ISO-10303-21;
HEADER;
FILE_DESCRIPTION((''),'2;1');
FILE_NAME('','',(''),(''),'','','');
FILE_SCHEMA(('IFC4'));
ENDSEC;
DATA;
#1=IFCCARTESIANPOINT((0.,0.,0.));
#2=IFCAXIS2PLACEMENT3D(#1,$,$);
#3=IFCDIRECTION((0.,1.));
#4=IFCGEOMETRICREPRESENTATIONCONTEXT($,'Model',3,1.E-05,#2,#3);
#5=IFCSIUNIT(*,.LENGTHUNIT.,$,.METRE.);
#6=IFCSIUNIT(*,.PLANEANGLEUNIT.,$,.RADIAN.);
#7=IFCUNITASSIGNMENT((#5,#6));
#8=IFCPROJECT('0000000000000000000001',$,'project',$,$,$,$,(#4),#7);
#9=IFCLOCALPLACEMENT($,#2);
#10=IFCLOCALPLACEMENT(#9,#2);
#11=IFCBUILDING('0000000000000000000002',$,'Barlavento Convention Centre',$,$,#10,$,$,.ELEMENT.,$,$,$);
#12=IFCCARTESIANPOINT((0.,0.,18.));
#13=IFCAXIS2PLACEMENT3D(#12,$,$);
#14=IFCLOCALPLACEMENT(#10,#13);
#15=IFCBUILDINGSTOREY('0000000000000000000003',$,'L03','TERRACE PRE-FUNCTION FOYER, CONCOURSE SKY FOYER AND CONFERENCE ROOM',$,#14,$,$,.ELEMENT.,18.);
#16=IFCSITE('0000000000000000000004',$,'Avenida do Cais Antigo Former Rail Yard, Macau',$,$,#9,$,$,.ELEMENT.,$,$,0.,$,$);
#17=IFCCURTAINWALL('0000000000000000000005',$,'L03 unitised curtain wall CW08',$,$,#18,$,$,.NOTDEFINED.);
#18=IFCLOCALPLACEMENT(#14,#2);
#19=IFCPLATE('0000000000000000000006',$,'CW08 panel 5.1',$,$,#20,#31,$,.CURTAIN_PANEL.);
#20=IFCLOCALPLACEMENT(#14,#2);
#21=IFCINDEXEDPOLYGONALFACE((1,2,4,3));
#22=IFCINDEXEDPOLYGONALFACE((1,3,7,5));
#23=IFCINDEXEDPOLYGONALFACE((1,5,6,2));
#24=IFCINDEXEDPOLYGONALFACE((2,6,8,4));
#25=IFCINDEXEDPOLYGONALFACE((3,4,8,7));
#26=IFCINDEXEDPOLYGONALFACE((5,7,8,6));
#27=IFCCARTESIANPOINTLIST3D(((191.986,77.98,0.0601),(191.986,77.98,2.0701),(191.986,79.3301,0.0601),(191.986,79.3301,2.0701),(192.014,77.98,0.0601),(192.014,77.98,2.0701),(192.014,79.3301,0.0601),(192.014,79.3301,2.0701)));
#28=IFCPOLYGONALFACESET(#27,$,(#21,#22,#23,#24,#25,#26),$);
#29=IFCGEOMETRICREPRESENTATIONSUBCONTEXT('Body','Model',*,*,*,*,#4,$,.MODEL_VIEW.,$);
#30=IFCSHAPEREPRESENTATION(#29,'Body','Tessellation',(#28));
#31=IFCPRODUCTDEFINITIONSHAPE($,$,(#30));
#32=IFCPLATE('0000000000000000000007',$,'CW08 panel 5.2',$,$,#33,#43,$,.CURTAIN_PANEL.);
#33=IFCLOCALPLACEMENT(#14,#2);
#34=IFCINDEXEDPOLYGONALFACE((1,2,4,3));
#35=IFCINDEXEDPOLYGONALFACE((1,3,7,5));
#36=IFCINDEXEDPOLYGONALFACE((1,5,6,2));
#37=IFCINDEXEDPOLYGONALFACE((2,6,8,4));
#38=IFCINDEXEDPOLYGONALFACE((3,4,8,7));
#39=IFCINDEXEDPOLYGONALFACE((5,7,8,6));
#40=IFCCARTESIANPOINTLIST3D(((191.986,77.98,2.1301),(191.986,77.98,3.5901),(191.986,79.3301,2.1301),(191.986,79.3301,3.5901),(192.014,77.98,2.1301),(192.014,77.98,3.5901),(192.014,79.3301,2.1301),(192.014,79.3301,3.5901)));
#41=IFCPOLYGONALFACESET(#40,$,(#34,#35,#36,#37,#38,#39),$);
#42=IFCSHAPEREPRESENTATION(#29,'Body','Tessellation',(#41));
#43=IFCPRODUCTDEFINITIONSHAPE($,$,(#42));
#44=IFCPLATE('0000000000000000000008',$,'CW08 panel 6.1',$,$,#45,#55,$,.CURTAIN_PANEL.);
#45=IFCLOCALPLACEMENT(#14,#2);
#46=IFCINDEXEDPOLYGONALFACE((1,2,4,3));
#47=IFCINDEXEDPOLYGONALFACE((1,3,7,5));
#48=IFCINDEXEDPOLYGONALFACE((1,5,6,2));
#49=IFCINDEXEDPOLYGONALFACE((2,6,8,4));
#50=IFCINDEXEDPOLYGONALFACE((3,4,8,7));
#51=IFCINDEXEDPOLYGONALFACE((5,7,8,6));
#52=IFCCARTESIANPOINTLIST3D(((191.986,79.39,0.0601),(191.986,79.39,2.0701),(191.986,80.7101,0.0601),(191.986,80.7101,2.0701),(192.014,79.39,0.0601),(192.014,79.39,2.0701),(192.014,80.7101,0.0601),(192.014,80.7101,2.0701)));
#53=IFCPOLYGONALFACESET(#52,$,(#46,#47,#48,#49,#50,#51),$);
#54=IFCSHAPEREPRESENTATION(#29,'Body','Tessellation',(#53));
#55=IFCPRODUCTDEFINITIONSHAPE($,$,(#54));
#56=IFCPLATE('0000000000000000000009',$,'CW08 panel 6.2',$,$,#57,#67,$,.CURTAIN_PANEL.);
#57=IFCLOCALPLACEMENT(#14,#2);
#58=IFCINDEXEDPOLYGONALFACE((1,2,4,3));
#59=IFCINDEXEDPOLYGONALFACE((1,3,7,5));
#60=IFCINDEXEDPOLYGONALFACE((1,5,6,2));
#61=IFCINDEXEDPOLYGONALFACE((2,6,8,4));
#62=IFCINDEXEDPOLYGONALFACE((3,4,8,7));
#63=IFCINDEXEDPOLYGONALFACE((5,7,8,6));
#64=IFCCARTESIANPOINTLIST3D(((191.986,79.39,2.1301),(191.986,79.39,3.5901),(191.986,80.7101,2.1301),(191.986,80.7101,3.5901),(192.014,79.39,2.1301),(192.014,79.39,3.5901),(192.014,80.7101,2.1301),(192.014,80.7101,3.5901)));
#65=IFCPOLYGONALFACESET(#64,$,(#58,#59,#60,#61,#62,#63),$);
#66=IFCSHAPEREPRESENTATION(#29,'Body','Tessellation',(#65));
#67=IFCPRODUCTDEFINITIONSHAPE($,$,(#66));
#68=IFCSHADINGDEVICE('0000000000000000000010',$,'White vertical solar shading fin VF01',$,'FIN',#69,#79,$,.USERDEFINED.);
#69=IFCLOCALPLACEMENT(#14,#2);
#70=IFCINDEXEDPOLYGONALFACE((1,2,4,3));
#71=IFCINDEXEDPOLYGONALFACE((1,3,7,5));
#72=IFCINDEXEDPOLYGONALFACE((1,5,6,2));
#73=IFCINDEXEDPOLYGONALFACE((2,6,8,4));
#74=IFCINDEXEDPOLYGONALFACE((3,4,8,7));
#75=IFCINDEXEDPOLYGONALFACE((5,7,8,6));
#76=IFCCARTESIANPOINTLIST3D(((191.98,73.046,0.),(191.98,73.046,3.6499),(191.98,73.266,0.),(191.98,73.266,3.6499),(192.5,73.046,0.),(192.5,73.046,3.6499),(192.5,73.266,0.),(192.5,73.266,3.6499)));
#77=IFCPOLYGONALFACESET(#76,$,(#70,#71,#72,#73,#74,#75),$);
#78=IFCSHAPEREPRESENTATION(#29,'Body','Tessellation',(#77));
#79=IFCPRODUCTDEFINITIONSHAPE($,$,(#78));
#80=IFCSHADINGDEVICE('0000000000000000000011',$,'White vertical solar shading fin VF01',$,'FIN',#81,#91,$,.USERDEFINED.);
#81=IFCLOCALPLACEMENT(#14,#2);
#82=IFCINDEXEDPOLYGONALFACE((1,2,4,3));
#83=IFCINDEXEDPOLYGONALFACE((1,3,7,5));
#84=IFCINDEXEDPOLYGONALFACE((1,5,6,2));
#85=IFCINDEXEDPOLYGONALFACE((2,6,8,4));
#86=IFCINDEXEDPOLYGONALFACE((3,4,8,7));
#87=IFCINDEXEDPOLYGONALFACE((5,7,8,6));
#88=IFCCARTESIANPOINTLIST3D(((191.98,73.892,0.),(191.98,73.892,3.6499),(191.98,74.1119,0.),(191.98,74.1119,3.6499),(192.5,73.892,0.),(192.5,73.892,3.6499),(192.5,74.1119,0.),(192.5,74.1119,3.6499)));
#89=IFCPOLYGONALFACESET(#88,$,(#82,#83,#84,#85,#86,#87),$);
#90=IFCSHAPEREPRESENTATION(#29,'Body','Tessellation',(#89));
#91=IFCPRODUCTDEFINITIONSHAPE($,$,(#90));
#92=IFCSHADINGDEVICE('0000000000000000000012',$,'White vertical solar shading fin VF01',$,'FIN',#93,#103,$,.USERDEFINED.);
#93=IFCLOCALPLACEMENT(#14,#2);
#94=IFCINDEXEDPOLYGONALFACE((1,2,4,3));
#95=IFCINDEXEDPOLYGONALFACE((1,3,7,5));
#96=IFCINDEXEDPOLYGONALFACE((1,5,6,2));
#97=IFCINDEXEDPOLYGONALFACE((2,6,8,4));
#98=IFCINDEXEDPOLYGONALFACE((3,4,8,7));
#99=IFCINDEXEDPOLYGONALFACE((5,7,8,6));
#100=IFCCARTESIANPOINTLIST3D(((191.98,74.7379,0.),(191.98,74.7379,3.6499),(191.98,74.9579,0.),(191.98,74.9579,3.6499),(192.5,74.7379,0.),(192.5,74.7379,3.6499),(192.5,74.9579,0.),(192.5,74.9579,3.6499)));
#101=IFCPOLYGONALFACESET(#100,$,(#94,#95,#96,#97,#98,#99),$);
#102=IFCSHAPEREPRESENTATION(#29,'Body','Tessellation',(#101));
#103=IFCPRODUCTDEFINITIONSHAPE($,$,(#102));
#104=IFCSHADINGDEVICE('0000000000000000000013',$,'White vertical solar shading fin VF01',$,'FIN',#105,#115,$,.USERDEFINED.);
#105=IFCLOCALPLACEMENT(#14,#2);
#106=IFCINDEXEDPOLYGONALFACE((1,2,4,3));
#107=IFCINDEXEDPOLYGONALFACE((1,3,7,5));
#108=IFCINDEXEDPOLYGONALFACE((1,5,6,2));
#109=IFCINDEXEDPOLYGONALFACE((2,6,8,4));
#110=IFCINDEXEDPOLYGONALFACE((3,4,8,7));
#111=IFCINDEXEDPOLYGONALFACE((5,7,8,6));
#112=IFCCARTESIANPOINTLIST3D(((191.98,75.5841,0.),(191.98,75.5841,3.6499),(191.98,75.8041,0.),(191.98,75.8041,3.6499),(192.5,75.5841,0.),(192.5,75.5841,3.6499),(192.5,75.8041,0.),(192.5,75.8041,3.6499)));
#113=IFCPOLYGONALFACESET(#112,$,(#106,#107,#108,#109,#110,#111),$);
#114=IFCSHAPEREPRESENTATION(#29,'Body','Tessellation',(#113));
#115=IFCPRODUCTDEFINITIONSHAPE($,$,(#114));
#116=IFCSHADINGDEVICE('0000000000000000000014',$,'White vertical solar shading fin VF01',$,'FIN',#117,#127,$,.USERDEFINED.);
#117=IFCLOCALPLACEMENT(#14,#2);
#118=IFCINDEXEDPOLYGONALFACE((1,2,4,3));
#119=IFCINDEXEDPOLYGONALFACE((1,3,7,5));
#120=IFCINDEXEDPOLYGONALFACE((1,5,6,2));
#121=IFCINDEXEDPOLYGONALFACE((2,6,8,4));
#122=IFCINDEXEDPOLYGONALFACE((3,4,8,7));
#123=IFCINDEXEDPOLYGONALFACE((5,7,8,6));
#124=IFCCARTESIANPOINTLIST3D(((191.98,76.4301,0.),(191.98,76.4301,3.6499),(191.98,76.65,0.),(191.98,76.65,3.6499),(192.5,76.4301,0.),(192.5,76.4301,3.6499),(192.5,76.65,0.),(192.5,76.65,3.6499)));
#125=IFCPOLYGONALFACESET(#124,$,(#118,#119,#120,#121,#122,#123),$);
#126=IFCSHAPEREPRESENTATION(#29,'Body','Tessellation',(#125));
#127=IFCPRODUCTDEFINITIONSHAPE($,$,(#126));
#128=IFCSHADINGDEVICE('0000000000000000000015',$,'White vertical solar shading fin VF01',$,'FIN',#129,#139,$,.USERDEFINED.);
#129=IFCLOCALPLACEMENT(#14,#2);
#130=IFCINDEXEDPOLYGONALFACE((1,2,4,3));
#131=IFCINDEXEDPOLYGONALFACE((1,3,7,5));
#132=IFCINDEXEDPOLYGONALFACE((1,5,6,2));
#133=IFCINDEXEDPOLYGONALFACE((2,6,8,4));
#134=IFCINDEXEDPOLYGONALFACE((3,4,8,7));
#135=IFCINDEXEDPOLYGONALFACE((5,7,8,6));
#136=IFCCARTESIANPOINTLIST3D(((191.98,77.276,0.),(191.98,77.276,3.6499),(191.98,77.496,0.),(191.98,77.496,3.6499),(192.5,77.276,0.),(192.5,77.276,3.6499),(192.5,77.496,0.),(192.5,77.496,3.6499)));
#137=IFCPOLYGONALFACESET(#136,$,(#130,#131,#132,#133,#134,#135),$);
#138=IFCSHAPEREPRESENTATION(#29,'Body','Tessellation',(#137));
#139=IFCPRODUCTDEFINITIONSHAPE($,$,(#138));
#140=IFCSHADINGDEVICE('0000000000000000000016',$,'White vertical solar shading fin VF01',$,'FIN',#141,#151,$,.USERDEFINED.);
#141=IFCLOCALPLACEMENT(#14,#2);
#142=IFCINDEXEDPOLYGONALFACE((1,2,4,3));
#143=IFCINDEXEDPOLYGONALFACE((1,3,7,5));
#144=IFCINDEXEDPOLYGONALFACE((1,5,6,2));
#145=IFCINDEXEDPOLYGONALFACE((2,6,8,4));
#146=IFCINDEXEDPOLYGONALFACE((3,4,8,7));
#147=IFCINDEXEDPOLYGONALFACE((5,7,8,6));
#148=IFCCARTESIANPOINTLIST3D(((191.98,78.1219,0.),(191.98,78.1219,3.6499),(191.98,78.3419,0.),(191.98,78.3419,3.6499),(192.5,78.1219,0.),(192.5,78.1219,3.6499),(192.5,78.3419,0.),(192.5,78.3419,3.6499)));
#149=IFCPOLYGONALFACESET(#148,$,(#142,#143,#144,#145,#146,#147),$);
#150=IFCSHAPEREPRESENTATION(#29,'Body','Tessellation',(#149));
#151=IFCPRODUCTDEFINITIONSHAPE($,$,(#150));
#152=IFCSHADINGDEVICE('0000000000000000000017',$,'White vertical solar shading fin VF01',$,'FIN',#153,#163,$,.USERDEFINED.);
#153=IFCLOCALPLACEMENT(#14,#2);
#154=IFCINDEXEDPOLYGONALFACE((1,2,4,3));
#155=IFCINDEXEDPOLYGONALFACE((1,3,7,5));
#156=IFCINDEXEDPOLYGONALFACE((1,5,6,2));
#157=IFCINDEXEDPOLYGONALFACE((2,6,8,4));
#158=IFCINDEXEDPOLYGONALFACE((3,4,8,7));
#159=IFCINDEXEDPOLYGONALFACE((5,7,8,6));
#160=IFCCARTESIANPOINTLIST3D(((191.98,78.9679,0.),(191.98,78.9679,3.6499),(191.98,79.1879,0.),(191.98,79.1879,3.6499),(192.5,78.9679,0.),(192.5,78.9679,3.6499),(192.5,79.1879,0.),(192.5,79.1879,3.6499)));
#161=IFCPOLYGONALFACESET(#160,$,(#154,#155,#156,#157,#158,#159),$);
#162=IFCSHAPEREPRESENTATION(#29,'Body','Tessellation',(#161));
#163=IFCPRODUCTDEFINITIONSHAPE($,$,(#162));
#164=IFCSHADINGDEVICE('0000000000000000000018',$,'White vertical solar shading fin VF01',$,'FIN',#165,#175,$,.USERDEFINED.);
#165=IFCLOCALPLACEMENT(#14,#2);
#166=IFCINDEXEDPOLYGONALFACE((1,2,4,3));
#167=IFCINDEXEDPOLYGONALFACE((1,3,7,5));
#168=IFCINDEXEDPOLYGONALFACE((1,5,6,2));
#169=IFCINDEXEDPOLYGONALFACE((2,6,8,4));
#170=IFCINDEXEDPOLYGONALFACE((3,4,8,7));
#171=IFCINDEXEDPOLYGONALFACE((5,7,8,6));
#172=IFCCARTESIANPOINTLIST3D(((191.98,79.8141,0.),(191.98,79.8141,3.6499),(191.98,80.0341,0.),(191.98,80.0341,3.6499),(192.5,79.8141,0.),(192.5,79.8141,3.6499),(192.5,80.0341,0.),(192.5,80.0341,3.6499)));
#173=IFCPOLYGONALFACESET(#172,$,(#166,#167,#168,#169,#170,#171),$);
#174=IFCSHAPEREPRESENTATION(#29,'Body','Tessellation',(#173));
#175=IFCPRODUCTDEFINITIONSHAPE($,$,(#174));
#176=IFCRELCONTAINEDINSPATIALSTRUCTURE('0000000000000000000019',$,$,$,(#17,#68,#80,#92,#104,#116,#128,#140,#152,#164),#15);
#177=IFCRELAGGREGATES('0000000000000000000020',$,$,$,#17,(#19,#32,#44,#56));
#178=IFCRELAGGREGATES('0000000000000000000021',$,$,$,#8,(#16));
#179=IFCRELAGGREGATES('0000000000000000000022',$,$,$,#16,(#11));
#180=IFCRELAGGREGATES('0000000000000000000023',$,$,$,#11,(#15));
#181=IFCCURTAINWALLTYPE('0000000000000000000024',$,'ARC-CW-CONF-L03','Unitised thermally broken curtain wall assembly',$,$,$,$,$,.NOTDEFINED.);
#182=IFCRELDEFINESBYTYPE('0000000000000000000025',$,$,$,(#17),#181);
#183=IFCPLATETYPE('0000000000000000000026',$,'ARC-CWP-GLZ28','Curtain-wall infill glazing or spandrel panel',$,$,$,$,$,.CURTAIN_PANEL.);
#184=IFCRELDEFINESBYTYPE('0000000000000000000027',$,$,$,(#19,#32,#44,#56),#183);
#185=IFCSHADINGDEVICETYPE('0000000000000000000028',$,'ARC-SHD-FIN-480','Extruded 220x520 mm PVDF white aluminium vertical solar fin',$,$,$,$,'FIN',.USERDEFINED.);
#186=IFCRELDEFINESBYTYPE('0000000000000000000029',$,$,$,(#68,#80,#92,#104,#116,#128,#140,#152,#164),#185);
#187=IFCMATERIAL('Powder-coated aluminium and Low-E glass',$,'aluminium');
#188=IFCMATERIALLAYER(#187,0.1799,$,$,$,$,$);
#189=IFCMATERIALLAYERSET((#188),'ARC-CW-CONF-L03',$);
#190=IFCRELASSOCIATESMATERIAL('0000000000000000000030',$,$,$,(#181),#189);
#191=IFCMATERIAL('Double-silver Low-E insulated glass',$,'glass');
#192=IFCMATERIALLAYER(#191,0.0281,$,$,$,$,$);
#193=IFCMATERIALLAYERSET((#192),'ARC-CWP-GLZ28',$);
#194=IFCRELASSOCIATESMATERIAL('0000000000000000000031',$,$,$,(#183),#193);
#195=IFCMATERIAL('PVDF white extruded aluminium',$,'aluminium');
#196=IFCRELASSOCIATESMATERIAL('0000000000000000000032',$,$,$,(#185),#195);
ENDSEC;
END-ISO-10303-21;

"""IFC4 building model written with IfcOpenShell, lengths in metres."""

from ifc_helpers import new_model, si_unit, direction, frame, origin, origin_2d, place, context, subcontext, project, spatial, rectangle, extrude, material, layer, layer_set, type_object, element, aggregate, save


model = new_model("IFC4")

# Units and contexts
model_context = context("Model", 3, precision=1e-05, world=origin(), true_north=direction((0.0, 1.0)))
body_context = subcontext(model_context, "Body", "Model", "MODEL_VIEW")
ifc_project = project(units=[si_unit("LENGTHUNIT", "METRE"), si_unit("PLANEANGLEUNIT", "RADIAN")], contexts=[model_context])

# Site, building, storey
site_placement = place(None, origin())
site = spatial("IfcSite", under=ifc_project, at=site_placement, Name="Avenida do Cais Antigo Former Rail Yard, Macau", CompositionType="ELEMENT", RefElevation=0.0)
building_placement = place(site_placement, origin())
building = spatial("IfcBuilding", under=site, at=building_placement, Name="Barlavento Convention Centre", CompositionType="ELEMENT")
storey_placement = place(building_placement, frame((0.0, 0.0, 18.0)))
storey = spatial("IfcBuildingStorey", under=building, at=storey_placement, Name="L03", Description="TERRACE PRE-FUNCTION FOYER, CONCOURSE SKY FOYER AND CONFERENCE ROOM", CompositionType="ELEMENT", Elevation=18.0)

# Curtain wall
ifc_material_1 = material(Name="Powder-coated aluminium and Low-E glass", Category="aluminium")
ifc_layer_1 = layer(ifc_material_1, 0.1799)
ifc_layer_set_1 = layer_set([ifc_layer_1], Name="ARC-CW-CONF-L03")
curtain_wall_type = type_object("IfcCurtainWallType", Name="ARC-CW-CONF-L03", Description="Unitised thermally broken curtain wall assembly", PredefinedType="NOTDEFINED", material=ifc_layer_set_1)
curtain_wall_placement = place(storey_placement, origin())
curtain_wall = element("IfcCurtainWall", 1, at=curtain_wall_placement, inside=storey, type_object=curtain_wall_type, Name="L03 unitised curtain wall CW08", PredefinedType="NOTDEFINED")

# Plates
ifc_material_2 = material(Name="Double-silver Low-E insulated glass", Category="glass")
ifc_layer_2 = layer(ifc_material_2, 0.0281)
ifc_layer_set_2 = layer_set([ifc_layer_2], Name="ARC-CWP-GLZ28")
plate_type = type_object("IfcPlateType", Name="ARC-CWP-GLZ28", Description="Curtain-wall infill glazing or spandrel panel", PredefinedType="CURTAIN_PANEL", material=ifc_layer_set_2)
plate_1_placement = place(storey_placement, frame((192.0, 78.655, 0.0601), z_axis=(0.0, 0.0, 1.0), x_axis=(0.0, 1.0, 0.0)))
plate_1 = element("IfcPlate", 2, at=plate_1_placement, type_object=plate_type, Name="CW08 panel 5.1", PredefinedType="CURTAIN_PANEL", context=body_context, shape_type="SweptSolid", body=[
    extrude(rectangle(XDim=1.3501, YDim=0.0281, at=origin_2d()), origin(), (0.0, 0.0, 1.0), 2.01),
])
plate_2_placement = place(storey_placement, frame((192.0, 78.655, 2.1301), z_axis=(0.0, 0.0, 1.0), x_axis=(0.0, 1.0, 0.0)))
plate_2 = element("IfcPlate", 3, at=plate_2_placement, type_object=plate_type, Name="CW08 panel 5.2", PredefinedType="CURTAIN_PANEL", context=body_context, shape_type="SweptSolid", body=[
    extrude(rectangle(XDim=1.3501, YDim=0.0281, at=origin_2d()), origin(), (0.0, 0.0, 1.0), 1.46),
])
plate_3_placement = place(storey_placement, frame((192.0, 80.05, 0.0601), z_axis=(0.0, 0.0, 1.0), x_axis=(0.0, 1.0, 0.0)))
plate_3 = element("IfcPlate", 4, at=plate_3_placement, type_object=plate_type, Name="CW08 panel 6.1", PredefinedType="CURTAIN_PANEL", context=body_context, shape_type="SweptSolid", body=[
    extrude(rectangle(XDim=1.3201, YDim=0.0281, at=origin_2d()), origin(), (0.0, 0.0, 1.0), 2.01),
])
plate_4_placement = place(storey_placement, frame((192.0, 80.05, 2.1301), z_axis=(0.0, 0.0, 1.0), x_axis=(0.0, 1.0, 0.0)))
plate_4 = element("IfcPlate", 5, at=plate_4_placement, type_object=plate_type, Name="CW08 panel 6.2", PredefinedType="CURTAIN_PANEL", context=body_context, shape_type="SweptSolid", body=[
    extrude(rectangle(XDim=1.3201, YDim=0.0281, at=origin_2d()), origin(), (0.0, 0.0, 1.0), 1.46),
])
aggregate(curtain_wall, [plate_1, plate_2, plate_3, plate_4])

# Shading devices
ifc_material_3 = material(Name="PVDF white extruded aluminium", Category="aluminium")
shading_device_type = type_object("IfcShadingDeviceType", Name="ARC-SHD-FIN-480", Description="Extruded 220x520 mm PVDF white aluminium vertical solar fin", ElementType="FIN", PredefinedType="USERDEFINED", material=ifc_material_3)
for number, where, z_axis, x_axis, name in (
    (6, (192.24, 73.156, 0.0), (0.0, 0.0, 1.0), (0.0, 1.0, 0.0), "White vertical solar shading fin VF01"),
    (7, (192.24, 74.002, 0.0), (0.0, 0.0, 1.0), (0.0, 1.0, 0.0), "White vertical solar shading fin VF01"),
    (8, (192.24, 74.8479, 0.0), (0.0, 0.0, 1.0), (0.0, 1.0, 0.0), "White vertical solar shading fin VF01"),
    (9, (192.24, 75.6941, 0.0), (0.0, 0.0, 1.0), (0.0, 1.0, 0.0), "White vertical solar shading fin VF01"),
    (10, (192.24, 76.54, 0.0), (0.0, 0.0, 1.0), (0.0, 1.0, 0.0), "White vertical solar shading fin VF01"),
    (11, (192.24, 77.386, 0.0), (0.0, 0.0, 1.0), (0.0, 1.0, 0.0), "White vertical solar shading fin VF01"),
    (12, (192.24, 78.2319, 0.0), (0.0, 0.0, 1.0), (0.0, 1.0, 0.0), "White vertical solar shading fin VF01"),
    (13, (192.24, 79.0779, 0.0), (0.0, 0.0, 1.0), (0.0, 1.0, 0.0), "White vertical solar shading fin VF01"),
    (14, (192.24, 79.9241, 0.0), (0.0, 0.0, 1.0), (0.0, 1.0, 0.0), "White vertical solar shading fin VF01"),
):
    element("IfcShadingDevice", number, at=place(storey_placement, frame(where, z_axis=z_axis, x_axis=x_axis)), inside=storey, type_object=shading_device_type, Name=name, ObjectType="FIN", PredefinedType="USERDEFINED", context=body_context, shape_type="SweptSolid", body=[
        extrude(rectangle(XDim=0.22, YDim=0.52, at=origin_2d()), origin(), (0.0, 0.0, 1.0), 3.6499),
    ])

save(model, "model.ifc")
